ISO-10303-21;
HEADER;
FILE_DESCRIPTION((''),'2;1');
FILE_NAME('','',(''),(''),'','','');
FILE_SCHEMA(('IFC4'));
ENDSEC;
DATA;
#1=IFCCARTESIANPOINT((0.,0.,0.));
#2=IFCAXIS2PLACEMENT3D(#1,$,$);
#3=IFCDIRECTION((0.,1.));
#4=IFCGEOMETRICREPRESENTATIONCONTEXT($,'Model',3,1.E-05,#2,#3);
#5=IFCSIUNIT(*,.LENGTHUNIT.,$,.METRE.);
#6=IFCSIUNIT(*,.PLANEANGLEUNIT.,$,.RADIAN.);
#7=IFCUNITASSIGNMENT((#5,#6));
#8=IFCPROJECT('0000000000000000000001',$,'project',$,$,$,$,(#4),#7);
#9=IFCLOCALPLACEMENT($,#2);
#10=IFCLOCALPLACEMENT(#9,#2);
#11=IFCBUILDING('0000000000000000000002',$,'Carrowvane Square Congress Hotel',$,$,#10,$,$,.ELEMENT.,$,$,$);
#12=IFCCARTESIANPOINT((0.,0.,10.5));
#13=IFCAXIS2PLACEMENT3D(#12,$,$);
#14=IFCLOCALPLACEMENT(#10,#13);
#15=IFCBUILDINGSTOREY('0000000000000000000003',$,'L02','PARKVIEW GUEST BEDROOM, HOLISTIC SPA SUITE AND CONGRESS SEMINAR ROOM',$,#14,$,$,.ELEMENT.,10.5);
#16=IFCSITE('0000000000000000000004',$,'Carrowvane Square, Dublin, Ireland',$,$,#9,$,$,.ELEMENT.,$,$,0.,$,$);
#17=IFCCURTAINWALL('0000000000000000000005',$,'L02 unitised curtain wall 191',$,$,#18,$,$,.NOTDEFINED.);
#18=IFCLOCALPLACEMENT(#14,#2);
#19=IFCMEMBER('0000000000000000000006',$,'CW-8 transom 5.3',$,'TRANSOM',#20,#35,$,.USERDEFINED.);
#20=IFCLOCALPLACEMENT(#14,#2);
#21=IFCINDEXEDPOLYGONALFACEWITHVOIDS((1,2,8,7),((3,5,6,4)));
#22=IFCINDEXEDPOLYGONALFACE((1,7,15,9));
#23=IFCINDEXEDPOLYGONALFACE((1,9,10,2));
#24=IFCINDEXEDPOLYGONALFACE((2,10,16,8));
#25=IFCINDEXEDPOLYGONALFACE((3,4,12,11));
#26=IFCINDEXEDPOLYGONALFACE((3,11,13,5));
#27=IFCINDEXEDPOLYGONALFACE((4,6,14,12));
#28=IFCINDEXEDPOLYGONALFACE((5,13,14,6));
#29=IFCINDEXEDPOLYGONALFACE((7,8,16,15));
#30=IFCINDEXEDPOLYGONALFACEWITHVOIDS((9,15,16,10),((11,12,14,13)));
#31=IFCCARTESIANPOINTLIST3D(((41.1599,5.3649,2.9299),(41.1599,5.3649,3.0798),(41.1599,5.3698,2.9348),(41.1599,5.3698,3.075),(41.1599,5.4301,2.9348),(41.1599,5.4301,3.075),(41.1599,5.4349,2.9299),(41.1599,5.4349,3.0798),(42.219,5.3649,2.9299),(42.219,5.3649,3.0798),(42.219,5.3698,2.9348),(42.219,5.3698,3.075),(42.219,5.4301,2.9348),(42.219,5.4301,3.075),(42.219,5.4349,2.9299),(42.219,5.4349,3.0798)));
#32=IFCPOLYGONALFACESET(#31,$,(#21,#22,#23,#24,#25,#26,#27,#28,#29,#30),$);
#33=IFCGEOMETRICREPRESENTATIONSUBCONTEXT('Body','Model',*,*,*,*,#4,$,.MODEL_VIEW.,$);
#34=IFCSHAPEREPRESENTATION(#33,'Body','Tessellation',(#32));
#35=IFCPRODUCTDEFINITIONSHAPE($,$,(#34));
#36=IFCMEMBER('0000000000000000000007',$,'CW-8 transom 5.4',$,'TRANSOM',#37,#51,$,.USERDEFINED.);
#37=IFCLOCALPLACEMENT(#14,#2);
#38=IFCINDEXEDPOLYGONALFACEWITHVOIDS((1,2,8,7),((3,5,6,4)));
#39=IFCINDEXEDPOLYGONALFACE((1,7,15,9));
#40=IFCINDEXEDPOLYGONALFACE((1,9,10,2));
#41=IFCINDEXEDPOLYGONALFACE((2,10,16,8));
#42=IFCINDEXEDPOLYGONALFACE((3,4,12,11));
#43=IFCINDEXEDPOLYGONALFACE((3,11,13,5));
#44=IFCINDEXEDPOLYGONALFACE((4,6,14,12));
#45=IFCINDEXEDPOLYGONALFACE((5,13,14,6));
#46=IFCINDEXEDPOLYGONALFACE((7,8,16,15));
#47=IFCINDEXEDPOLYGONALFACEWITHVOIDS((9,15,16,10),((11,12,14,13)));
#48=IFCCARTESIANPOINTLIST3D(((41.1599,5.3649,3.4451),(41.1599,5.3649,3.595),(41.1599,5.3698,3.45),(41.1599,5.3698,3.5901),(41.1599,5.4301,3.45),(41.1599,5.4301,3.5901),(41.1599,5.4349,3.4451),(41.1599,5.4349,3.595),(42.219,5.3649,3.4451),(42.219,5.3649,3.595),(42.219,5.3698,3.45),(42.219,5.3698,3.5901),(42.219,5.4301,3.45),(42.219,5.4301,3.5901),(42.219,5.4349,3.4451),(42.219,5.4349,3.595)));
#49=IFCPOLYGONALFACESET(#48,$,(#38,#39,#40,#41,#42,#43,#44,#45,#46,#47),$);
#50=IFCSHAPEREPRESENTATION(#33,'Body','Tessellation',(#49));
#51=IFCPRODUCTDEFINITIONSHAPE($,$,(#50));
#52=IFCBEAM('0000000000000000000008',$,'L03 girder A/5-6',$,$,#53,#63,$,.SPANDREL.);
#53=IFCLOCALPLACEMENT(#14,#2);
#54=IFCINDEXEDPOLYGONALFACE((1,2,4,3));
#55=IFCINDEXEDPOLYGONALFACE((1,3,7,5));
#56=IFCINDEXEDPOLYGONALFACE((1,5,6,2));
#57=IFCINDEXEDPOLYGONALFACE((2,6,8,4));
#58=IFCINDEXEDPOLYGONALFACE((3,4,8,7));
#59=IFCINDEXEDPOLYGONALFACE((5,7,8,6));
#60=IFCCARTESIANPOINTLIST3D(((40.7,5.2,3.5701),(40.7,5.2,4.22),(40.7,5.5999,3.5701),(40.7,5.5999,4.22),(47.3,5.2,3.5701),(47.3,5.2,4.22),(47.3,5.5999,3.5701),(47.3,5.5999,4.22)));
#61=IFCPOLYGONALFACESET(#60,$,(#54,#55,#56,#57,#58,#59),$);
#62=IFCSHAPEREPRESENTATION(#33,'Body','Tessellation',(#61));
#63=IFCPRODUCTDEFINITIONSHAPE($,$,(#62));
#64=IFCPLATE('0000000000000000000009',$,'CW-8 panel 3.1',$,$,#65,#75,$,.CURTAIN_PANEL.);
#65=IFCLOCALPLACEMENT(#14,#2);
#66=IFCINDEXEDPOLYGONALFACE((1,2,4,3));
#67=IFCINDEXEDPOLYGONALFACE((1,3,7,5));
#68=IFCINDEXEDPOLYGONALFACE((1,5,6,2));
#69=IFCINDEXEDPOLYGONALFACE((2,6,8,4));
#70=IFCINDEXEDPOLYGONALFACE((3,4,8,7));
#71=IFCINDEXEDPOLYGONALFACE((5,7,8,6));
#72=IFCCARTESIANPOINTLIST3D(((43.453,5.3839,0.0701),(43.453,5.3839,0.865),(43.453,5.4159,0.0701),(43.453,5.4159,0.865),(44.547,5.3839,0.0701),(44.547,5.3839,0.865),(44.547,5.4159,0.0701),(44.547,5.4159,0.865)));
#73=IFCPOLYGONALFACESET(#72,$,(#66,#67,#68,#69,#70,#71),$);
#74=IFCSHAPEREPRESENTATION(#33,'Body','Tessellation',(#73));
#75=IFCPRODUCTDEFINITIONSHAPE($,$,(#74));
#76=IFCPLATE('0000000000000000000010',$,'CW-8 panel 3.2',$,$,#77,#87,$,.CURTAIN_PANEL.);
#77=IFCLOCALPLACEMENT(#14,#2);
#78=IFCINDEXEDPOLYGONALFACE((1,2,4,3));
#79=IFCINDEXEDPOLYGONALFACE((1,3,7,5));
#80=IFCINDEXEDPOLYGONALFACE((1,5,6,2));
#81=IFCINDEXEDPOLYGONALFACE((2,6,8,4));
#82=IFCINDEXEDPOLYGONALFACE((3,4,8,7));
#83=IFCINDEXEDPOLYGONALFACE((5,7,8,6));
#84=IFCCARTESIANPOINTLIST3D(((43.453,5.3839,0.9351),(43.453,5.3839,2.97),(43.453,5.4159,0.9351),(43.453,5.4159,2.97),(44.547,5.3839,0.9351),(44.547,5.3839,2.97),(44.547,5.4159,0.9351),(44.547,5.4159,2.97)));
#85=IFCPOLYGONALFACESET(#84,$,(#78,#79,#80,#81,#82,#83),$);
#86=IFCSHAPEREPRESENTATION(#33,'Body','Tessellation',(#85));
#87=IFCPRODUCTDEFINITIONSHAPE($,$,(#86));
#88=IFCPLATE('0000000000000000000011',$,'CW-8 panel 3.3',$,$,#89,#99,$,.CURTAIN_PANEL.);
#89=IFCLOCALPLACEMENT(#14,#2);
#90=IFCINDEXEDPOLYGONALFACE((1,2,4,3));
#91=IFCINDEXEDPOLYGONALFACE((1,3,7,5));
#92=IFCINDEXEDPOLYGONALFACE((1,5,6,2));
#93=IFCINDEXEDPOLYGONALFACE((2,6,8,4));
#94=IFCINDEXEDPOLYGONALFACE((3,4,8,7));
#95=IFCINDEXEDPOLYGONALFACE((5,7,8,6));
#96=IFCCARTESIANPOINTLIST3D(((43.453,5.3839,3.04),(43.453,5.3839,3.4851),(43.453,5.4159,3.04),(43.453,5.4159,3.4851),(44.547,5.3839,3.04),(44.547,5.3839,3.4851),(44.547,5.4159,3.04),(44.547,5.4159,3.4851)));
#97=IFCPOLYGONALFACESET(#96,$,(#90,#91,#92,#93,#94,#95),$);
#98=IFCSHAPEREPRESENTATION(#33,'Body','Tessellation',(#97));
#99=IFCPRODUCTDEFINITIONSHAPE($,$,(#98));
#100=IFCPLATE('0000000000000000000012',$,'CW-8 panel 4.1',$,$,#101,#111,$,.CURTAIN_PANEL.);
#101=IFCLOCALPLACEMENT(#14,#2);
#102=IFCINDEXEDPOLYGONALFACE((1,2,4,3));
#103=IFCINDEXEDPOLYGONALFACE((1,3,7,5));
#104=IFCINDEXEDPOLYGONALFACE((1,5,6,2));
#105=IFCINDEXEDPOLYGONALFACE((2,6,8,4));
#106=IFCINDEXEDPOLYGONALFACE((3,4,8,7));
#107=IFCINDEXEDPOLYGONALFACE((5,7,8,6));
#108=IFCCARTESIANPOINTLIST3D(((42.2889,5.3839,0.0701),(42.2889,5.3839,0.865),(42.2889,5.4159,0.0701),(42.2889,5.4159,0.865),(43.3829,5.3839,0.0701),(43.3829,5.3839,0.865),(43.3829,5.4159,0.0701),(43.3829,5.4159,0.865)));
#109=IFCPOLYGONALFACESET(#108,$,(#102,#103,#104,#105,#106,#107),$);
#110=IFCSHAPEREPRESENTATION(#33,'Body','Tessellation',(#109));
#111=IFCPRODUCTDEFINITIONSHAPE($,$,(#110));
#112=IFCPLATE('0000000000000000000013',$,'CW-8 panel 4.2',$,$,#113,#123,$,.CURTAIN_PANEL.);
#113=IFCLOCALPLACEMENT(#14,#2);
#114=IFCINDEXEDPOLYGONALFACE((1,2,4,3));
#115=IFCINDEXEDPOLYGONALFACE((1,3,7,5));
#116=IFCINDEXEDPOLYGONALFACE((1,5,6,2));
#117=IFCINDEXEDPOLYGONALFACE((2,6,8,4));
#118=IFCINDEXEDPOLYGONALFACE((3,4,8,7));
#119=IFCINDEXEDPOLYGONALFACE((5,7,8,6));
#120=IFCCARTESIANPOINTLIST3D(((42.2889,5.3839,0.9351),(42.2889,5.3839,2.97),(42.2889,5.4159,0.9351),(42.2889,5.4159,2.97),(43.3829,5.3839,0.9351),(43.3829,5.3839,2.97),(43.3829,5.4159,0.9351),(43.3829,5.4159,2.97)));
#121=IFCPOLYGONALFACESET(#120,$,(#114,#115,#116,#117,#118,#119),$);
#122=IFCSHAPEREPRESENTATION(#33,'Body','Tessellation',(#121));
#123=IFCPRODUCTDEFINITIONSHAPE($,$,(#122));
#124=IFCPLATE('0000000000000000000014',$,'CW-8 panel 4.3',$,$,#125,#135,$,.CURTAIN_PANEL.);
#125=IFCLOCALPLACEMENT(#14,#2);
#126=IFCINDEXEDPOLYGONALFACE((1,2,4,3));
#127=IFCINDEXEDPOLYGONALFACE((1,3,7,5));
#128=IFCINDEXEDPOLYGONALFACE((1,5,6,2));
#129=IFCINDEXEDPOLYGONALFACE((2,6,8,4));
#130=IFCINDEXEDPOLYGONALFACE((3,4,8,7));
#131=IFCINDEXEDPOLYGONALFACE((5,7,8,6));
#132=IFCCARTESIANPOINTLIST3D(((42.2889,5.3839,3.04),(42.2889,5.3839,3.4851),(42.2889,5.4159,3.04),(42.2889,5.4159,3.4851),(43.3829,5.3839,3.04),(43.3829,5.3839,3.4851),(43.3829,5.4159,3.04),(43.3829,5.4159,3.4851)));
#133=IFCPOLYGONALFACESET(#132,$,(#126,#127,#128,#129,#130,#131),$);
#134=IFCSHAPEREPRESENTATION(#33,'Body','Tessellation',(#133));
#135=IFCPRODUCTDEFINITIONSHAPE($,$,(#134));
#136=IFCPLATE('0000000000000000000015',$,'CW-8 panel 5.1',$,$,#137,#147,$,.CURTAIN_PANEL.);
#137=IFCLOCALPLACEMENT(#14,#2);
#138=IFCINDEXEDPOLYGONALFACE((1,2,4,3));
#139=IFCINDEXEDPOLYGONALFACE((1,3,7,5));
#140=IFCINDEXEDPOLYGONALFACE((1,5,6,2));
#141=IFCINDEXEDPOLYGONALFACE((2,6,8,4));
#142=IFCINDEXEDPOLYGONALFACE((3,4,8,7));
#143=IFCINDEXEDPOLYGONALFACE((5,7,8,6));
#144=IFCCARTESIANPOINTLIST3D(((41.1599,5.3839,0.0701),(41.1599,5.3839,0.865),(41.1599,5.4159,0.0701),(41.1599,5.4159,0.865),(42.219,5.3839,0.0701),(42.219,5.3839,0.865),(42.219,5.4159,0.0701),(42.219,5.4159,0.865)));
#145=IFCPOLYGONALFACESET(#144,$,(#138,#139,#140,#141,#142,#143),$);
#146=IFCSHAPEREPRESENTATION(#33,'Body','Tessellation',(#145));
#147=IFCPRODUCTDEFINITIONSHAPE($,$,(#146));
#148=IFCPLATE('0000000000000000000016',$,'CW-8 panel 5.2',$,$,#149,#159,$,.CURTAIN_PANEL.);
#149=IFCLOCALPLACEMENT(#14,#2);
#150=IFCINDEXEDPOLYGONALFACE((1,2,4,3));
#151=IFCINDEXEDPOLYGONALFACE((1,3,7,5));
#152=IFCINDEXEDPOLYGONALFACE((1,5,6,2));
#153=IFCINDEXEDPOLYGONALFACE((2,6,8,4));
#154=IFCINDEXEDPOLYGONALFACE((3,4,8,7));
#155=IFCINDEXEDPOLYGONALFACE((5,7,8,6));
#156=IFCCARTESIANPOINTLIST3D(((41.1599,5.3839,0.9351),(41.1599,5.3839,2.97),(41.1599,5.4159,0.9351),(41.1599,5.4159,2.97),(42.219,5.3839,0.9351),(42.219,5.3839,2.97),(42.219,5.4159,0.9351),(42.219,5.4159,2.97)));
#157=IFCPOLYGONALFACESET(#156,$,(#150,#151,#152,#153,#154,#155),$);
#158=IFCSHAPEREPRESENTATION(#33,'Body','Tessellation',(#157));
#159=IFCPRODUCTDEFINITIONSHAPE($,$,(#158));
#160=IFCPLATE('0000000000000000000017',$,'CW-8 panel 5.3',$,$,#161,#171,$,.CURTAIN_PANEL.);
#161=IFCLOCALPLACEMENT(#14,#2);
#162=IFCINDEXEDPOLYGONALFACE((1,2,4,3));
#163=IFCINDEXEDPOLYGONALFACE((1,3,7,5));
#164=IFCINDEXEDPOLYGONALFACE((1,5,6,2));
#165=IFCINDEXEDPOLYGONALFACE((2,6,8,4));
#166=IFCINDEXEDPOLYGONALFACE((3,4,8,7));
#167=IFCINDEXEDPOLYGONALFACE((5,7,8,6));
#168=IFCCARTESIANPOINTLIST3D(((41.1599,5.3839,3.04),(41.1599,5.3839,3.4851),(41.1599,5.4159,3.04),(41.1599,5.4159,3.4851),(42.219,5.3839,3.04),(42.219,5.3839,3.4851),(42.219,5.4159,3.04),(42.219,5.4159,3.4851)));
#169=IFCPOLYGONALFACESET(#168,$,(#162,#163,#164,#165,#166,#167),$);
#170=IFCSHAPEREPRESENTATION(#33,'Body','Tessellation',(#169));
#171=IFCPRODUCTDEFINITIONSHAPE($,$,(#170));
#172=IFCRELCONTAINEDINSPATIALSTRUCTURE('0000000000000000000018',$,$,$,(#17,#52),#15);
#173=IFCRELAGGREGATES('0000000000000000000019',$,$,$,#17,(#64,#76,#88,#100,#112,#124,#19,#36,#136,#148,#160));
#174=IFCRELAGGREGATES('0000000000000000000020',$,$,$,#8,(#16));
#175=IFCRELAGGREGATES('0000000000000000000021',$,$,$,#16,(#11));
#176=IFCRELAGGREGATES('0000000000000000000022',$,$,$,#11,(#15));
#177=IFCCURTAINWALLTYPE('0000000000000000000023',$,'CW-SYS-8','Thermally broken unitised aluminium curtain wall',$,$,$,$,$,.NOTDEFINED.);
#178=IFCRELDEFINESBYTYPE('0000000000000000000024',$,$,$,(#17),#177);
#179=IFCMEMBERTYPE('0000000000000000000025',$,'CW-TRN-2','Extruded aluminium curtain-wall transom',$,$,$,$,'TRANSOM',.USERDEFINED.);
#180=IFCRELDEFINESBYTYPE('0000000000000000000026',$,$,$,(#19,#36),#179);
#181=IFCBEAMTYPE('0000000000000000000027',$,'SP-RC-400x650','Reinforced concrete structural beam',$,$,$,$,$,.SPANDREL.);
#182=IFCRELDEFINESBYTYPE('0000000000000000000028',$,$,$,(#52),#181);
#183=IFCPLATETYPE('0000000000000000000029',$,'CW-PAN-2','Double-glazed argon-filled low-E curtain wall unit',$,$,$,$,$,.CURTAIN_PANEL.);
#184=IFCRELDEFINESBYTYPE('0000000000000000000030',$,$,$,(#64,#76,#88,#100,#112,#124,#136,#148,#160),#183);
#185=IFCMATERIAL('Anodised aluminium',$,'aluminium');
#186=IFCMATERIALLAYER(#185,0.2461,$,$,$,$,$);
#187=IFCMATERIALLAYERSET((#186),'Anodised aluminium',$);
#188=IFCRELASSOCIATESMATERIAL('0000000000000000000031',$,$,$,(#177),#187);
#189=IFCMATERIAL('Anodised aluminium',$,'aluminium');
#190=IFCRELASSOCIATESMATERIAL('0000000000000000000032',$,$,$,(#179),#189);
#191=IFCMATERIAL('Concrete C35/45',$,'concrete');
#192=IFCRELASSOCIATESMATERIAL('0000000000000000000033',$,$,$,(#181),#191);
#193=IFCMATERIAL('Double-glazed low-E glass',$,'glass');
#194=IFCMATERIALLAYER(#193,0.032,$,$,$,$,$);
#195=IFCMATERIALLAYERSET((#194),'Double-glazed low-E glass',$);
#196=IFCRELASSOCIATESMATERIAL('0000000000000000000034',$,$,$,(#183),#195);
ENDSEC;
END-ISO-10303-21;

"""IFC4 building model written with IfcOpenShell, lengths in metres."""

from ifc_helpers import new_model, si_unit, direction, frame, origin, origin_2d, place, context, subcontext, project, spatial, rectangle, hollow_rectangle, extrude, material, layer, layer_set, material_profile, profile_set, type_object, element, aggregate, save


model = new_model("IFC4")

# Units and contexts
model_context = context("Model", 3, precision=1e-05, world=origin(), true_north=direction((0.0, 1.0)))
body_context = subcontext(model_context, "Body", "Model", "MODEL_VIEW")
ifc_project = project(units=[si_unit("LENGTHUNIT", "METRE"), si_unit("PLANEANGLEUNIT", "RADIAN")], contexts=[model_context])

# Site, building, storey
site_placement = place(None, origin())
site = spatial("IfcSite", under=ifc_project, at=site_placement, Name="Carrowvane Square, Dublin, Ireland", CompositionType="ELEMENT", RefElevation=0.0)
building_placement = place(site_placement, origin())
building = spatial("IfcBuilding", under=site, at=building_placement, Name="Carrowvane Square Congress Hotel", CompositionType="ELEMENT")
storey_placement = place(building_placement, frame((0.0, 0.0, 10.5)))
storey = spatial("IfcBuildingStorey", under=building, at=storey_placement, Name="L02", Description="PARKVIEW GUEST BEDROOM, HOLISTIC SPA SUITE AND CONGRESS SEMINAR ROOM", CompositionType="ELEMENT", Elevation=10.5)

# Curtain wall, members
ifc_material_1 = material(Name="Anodised aluminium", Category="aluminium")
ifc_layer_1 = layer(ifc_material_1, 0.2461)
ifc_layer_set_1 = layer_set([ifc_layer_1], Name="Anodised aluminium")
curtain_wall_type = type_object("IfcCurtainWallType", Name="CW-SYS-8", Description="Thermally broken unitised aluminium curtain wall", PredefinedType="NOTDEFINED", material=ifc_layer_set_1)
curtain_wall_placement = place(storey_placement, origin())
curtain_wall = element("IfcCurtainWall", 1, at=curtain_wall_placement, inside=storey, type_object=curtain_wall_type, Name="L02 unitised curtain wall 191", PredefinedType="NOTDEFINED")
ifc_material_2 = material(Name="Anodised aluminium", Category="aluminium")
ifc_material_profile_1 = material_profile(ifc_material_2, hollow_rectangle(XDim=0.0701, YDim=0.1499, WallThickness=0.0049, at=origin_2d()), Name="CW-TR 70x150x5")
ifc_profile_set_1 = profile_set([ifc_material_profile_1], Name="Anodised aluminium")
member_type_1 = type_object("IfcMemberType", Name="CW-TRN-2", Description="Extruded aluminium curtain-wall transom", ElementType="TRANSOM", PredefinedType="USERDEFINED", material=ifc_profile_set_1)
member_1_placement = place(storey_placement, frame((42.219, 5.3999, 3.0049), z_axis=(-1.0, 0.0, 0.0), x_axis=(0.0, -1.0, 0.0)))
member_1 = element("IfcMember", 2, at=member_1_placement, type_object=member_type_1, Name="CW-8 transom 5.3", ObjectType="TRANSOM", PredefinedType="USERDEFINED", context=body_context, shape_type="SweptSolid", body=[
    extrude(hollow_rectangle(XDim=0.0701, YDim=0.1499, WallThickness=0.0049, at=origin_2d()), origin(), (0.0, 0.0, 1.0), 1.0591),
])
member_2_placement = place(storey_placement, frame((42.219, 5.3999, 3.52), z_axis=(-1.0, 0.0, 0.0), x_axis=(0.0, -1.0, 0.0)))
member_2 = element("IfcMember", 3, at=member_2_placement, type_object=member_type_1, Name="CW-8 transom 5.4", ObjectType="TRANSOM", PredefinedType="USERDEFINED", context=body_context, shape_type="SweptSolid", body=[
    extrude(hollow_rectangle(XDim=0.0701, YDim=0.1499, WallThickness=0.0049, at=origin_2d()), origin(), (0.0, 0.0, 1.0), 1.0591),
])

# Beam
ifc_material_3 = material(Name="Concrete C35/45", Category="concrete")
ifc_material_profile_2 = material_profile(ifc_material_3, rectangle(XDim=0.3999, YDim=0.6499, at=origin_2d()), Name="RC 400x650")
ifc_profile_set_2 = profile_set([ifc_material_profile_2], Name="Concrete C35/45")
beam_type = type_object("IfcBeamType", Name="SP-RC-400x650", Description="Reinforced concrete structural beam", PredefinedType="SPANDREL", material=ifc_profile_set_2)
beam_placement = place(storey_placement, frame((40.7, 5.3999, 3.895), z_axis=(1.0, 0.0, 0.0), x_axis=(0.0, 1.0, 0.0)))
element("IfcBeam", 4, at=beam_placement, inside=storey, type_object=beam_type, Name="L03 girder A/5-6", PredefinedType="SPANDREL", context=body_context, shape_type="SweptSolid", body=[
    extrude(rectangle(XDim=0.3999, YDim=0.6499, at=origin_2d()), origin(), (0.0, 0.0, 1.0), 6.6001),
])

# Plates
ifc_material_4 = material(Name="Double-glazed low-E glass", Category="glass")
ifc_layer_2 = layer(ifc_material_4, 0.032)
ifc_layer_set_2 = layer_set([ifc_layer_2], Name="Double-glazed low-E glass")
plate_type = type_object("IfcPlateType", Name="CW-PAN-2", Description="Double-glazed argon-filled low-E curtain wall unit", PredefinedType="CURTAIN_PANEL", material=ifc_layer_set_2)
plate_1_placement = place(storey_placement, frame((44.0, 5.3999, 0.0701), z_axis=(0.0, 0.0, 1.0), x_axis=(-1.0, 0.0, 0.0)))
plate_1 = element("IfcPlate", 5, at=plate_1_placement, type_object=plate_type, Name="CW-8 panel 3.1", PredefinedType="CURTAIN_PANEL", context=body_context, shape_type="SweptSolid", body=[
    extrude(rectangle(XDim=1.094, YDim=0.032, at=origin_2d()), origin(), (0.0, 0.0, 1.0), 0.7949),
])
plate_2_placement = place(storey_placement, frame((44.0, 5.3999, 0.9351), z_axis=(0.0, 0.0, 1.0), x_axis=(-1.0, 0.0, 0.0)))
plate_2 = element("IfcPlate", 6, at=plate_2_placement, type_object=plate_type, Name="CW-8 panel 3.2", PredefinedType="CURTAIN_PANEL", context=body_context, shape_type="SweptSolid", body=[
    extrude(rectangle(XDim=1.094, YDim=0.032, at=origin_2d()), origin(), (0.0, 0.0, 1.0), 2.0349),
])
plate_3_placement = place(storey_placement, frame((44.0, 5.3999, 3.04), z_axis=(0.0, 0.0, 1.0), x_axis=(-1.0, 0.0, 0.0)))
plate_3 = element("IfcPlate", 7, at=plate_3_placement, type_object=plate_type, Name="CW-8 panel 3.3", PredefinedType="CURTAIN_PANEL", context=body_context, shape_type="SweptSolid", body=[
    extrude(rectangle(XDim=1.094, YDim=0.032, at=origin_2d()), origin(), (0.0, 0.0, 1.0), 0.4451),
])
plate_4_placement = place(storey_placement, frame((42.8359, 5.3999, 0.0701), z_axis=(0.0, 0.0, 1.0), x_axis=(-1.0, 0.0, 0.0)))
plate_4 = element("IfcPlate", 8, at=plate_4_placement, type_object=plate_type, Name="CW-8 panel 4.1", PredefinedType="CURTAIN_PANEL", context=body_context, shape_type="SweptSolid", body=[
    extrude(rectangle(XDim=1.094, YDim=0.032, at=origin_2d()), origin(), (0.0, 0.0, 1.0), 0.7949),
])
plate_5_placement = place(storey_placement, frame((42.8359, 5.3999, 0.9351), z_axis=(0.0, 0.0, 1.0), x_axis=(-1.0, 0.0, 0.0)))
plate_5 = element("IfcPlate", 9, at=plate_5_placement, type_object=plate_type, Name="CW-8 panel 4.2", PredefinedType="CURTAIN_PANEL", context=body_context, shape_type="SweptSolid", body=[
    extrude(rectangle(XDim=1.094, YDim=0.032, at=origin_2d()), origin(), (0.0, 0.0, 1.0), 2.0349),
])
plate_6_placement = place(storey_placement, frame((42.8359, 5.3999, 3.04), z_axis=(0.0, 0.0, 1.0), x_axis=(-1.0, 0.0, 0.0)))
plate_6 = element("IfcPlate", 10, at=plate_6_placement, type_object=plate_type, Name="CW-8 panel 4.3", PredefinedType="CURTAIN_PANEL", context=body_context, shape_type="SweptSolid", body=[
    extrude(rectangle(XDim=1.094, YDim=0.032, at=origin_2d()), origin(), (0.0, 0.0, 1.0), 0.4451),
])
plate_7_placement = place(storey_placement, frame((41.6895, 5.3999, 0.0701), z_axis=(0.0, 0.0, 1.0), x_axis=(-1.0, 0.0, 0.0)))
plate_7 = element("IfcPlate", 11, at=plate_7_placement, type_object=plate_type, Name="CW-8 panel 5.1", PredefinedType="CURTAIN_PANEL", context=body_context, shape_type="SweptSolid", body=[
    extrude(rectangle(XDim=1.0591, YDim=0.032, at=origin_2d()), origin(), (0.0, 0.0, 1.0), 0.7949),
])
plate_8_placement = place(storey_placement, frame((41.6895, 5.3999, 0.9351), z_axis=(0.0, 0.0, 1.0), x_axis=(-1.0, 0.0, 0.0)))
plate_8 = element("IfcPlate", 12, at=plate_8_placement, type_object=plate_type, Name="CW-8 panel 5.2", PredefinedType="CURTAIN_PANEL", context=body_context, shape_type="SweptSolid", body=[
    extrude(rectangle(XDim=1.0591, YDim=0.032, at=origin_2d()), origin(), (0.0, 0.0, 1.0), 2.0349),
])
plate_9_placement = place(storey_placement, frame((41.6895, 5.3999, 3.04), z_axis=(0.0, 0.0, 1.0), x_axis=(-1.0, 0.0, 0.0)))
plate_9 = element("IfcPlate", 13, at=plate_9_placement, type_object=plate_type, Name="CW-8 panel 5.3", PredefinedType="CURTAIN_PANEL", context=body_context, shape_type="SweptSolid", body=[
    extrude(rectangle(XDim=1.0591, YDim=0.032, at=origin_2d()), origin(), (0.0, 0.0, 1.0), 0.4451),
])
aggregate(curtain_wall, [plate_1, plate_2, plate_3, plate_4, plate_5, plate_6, member_1, member_2, plate_7, plate_8, plate_9])

save(model, "model.ifc")
